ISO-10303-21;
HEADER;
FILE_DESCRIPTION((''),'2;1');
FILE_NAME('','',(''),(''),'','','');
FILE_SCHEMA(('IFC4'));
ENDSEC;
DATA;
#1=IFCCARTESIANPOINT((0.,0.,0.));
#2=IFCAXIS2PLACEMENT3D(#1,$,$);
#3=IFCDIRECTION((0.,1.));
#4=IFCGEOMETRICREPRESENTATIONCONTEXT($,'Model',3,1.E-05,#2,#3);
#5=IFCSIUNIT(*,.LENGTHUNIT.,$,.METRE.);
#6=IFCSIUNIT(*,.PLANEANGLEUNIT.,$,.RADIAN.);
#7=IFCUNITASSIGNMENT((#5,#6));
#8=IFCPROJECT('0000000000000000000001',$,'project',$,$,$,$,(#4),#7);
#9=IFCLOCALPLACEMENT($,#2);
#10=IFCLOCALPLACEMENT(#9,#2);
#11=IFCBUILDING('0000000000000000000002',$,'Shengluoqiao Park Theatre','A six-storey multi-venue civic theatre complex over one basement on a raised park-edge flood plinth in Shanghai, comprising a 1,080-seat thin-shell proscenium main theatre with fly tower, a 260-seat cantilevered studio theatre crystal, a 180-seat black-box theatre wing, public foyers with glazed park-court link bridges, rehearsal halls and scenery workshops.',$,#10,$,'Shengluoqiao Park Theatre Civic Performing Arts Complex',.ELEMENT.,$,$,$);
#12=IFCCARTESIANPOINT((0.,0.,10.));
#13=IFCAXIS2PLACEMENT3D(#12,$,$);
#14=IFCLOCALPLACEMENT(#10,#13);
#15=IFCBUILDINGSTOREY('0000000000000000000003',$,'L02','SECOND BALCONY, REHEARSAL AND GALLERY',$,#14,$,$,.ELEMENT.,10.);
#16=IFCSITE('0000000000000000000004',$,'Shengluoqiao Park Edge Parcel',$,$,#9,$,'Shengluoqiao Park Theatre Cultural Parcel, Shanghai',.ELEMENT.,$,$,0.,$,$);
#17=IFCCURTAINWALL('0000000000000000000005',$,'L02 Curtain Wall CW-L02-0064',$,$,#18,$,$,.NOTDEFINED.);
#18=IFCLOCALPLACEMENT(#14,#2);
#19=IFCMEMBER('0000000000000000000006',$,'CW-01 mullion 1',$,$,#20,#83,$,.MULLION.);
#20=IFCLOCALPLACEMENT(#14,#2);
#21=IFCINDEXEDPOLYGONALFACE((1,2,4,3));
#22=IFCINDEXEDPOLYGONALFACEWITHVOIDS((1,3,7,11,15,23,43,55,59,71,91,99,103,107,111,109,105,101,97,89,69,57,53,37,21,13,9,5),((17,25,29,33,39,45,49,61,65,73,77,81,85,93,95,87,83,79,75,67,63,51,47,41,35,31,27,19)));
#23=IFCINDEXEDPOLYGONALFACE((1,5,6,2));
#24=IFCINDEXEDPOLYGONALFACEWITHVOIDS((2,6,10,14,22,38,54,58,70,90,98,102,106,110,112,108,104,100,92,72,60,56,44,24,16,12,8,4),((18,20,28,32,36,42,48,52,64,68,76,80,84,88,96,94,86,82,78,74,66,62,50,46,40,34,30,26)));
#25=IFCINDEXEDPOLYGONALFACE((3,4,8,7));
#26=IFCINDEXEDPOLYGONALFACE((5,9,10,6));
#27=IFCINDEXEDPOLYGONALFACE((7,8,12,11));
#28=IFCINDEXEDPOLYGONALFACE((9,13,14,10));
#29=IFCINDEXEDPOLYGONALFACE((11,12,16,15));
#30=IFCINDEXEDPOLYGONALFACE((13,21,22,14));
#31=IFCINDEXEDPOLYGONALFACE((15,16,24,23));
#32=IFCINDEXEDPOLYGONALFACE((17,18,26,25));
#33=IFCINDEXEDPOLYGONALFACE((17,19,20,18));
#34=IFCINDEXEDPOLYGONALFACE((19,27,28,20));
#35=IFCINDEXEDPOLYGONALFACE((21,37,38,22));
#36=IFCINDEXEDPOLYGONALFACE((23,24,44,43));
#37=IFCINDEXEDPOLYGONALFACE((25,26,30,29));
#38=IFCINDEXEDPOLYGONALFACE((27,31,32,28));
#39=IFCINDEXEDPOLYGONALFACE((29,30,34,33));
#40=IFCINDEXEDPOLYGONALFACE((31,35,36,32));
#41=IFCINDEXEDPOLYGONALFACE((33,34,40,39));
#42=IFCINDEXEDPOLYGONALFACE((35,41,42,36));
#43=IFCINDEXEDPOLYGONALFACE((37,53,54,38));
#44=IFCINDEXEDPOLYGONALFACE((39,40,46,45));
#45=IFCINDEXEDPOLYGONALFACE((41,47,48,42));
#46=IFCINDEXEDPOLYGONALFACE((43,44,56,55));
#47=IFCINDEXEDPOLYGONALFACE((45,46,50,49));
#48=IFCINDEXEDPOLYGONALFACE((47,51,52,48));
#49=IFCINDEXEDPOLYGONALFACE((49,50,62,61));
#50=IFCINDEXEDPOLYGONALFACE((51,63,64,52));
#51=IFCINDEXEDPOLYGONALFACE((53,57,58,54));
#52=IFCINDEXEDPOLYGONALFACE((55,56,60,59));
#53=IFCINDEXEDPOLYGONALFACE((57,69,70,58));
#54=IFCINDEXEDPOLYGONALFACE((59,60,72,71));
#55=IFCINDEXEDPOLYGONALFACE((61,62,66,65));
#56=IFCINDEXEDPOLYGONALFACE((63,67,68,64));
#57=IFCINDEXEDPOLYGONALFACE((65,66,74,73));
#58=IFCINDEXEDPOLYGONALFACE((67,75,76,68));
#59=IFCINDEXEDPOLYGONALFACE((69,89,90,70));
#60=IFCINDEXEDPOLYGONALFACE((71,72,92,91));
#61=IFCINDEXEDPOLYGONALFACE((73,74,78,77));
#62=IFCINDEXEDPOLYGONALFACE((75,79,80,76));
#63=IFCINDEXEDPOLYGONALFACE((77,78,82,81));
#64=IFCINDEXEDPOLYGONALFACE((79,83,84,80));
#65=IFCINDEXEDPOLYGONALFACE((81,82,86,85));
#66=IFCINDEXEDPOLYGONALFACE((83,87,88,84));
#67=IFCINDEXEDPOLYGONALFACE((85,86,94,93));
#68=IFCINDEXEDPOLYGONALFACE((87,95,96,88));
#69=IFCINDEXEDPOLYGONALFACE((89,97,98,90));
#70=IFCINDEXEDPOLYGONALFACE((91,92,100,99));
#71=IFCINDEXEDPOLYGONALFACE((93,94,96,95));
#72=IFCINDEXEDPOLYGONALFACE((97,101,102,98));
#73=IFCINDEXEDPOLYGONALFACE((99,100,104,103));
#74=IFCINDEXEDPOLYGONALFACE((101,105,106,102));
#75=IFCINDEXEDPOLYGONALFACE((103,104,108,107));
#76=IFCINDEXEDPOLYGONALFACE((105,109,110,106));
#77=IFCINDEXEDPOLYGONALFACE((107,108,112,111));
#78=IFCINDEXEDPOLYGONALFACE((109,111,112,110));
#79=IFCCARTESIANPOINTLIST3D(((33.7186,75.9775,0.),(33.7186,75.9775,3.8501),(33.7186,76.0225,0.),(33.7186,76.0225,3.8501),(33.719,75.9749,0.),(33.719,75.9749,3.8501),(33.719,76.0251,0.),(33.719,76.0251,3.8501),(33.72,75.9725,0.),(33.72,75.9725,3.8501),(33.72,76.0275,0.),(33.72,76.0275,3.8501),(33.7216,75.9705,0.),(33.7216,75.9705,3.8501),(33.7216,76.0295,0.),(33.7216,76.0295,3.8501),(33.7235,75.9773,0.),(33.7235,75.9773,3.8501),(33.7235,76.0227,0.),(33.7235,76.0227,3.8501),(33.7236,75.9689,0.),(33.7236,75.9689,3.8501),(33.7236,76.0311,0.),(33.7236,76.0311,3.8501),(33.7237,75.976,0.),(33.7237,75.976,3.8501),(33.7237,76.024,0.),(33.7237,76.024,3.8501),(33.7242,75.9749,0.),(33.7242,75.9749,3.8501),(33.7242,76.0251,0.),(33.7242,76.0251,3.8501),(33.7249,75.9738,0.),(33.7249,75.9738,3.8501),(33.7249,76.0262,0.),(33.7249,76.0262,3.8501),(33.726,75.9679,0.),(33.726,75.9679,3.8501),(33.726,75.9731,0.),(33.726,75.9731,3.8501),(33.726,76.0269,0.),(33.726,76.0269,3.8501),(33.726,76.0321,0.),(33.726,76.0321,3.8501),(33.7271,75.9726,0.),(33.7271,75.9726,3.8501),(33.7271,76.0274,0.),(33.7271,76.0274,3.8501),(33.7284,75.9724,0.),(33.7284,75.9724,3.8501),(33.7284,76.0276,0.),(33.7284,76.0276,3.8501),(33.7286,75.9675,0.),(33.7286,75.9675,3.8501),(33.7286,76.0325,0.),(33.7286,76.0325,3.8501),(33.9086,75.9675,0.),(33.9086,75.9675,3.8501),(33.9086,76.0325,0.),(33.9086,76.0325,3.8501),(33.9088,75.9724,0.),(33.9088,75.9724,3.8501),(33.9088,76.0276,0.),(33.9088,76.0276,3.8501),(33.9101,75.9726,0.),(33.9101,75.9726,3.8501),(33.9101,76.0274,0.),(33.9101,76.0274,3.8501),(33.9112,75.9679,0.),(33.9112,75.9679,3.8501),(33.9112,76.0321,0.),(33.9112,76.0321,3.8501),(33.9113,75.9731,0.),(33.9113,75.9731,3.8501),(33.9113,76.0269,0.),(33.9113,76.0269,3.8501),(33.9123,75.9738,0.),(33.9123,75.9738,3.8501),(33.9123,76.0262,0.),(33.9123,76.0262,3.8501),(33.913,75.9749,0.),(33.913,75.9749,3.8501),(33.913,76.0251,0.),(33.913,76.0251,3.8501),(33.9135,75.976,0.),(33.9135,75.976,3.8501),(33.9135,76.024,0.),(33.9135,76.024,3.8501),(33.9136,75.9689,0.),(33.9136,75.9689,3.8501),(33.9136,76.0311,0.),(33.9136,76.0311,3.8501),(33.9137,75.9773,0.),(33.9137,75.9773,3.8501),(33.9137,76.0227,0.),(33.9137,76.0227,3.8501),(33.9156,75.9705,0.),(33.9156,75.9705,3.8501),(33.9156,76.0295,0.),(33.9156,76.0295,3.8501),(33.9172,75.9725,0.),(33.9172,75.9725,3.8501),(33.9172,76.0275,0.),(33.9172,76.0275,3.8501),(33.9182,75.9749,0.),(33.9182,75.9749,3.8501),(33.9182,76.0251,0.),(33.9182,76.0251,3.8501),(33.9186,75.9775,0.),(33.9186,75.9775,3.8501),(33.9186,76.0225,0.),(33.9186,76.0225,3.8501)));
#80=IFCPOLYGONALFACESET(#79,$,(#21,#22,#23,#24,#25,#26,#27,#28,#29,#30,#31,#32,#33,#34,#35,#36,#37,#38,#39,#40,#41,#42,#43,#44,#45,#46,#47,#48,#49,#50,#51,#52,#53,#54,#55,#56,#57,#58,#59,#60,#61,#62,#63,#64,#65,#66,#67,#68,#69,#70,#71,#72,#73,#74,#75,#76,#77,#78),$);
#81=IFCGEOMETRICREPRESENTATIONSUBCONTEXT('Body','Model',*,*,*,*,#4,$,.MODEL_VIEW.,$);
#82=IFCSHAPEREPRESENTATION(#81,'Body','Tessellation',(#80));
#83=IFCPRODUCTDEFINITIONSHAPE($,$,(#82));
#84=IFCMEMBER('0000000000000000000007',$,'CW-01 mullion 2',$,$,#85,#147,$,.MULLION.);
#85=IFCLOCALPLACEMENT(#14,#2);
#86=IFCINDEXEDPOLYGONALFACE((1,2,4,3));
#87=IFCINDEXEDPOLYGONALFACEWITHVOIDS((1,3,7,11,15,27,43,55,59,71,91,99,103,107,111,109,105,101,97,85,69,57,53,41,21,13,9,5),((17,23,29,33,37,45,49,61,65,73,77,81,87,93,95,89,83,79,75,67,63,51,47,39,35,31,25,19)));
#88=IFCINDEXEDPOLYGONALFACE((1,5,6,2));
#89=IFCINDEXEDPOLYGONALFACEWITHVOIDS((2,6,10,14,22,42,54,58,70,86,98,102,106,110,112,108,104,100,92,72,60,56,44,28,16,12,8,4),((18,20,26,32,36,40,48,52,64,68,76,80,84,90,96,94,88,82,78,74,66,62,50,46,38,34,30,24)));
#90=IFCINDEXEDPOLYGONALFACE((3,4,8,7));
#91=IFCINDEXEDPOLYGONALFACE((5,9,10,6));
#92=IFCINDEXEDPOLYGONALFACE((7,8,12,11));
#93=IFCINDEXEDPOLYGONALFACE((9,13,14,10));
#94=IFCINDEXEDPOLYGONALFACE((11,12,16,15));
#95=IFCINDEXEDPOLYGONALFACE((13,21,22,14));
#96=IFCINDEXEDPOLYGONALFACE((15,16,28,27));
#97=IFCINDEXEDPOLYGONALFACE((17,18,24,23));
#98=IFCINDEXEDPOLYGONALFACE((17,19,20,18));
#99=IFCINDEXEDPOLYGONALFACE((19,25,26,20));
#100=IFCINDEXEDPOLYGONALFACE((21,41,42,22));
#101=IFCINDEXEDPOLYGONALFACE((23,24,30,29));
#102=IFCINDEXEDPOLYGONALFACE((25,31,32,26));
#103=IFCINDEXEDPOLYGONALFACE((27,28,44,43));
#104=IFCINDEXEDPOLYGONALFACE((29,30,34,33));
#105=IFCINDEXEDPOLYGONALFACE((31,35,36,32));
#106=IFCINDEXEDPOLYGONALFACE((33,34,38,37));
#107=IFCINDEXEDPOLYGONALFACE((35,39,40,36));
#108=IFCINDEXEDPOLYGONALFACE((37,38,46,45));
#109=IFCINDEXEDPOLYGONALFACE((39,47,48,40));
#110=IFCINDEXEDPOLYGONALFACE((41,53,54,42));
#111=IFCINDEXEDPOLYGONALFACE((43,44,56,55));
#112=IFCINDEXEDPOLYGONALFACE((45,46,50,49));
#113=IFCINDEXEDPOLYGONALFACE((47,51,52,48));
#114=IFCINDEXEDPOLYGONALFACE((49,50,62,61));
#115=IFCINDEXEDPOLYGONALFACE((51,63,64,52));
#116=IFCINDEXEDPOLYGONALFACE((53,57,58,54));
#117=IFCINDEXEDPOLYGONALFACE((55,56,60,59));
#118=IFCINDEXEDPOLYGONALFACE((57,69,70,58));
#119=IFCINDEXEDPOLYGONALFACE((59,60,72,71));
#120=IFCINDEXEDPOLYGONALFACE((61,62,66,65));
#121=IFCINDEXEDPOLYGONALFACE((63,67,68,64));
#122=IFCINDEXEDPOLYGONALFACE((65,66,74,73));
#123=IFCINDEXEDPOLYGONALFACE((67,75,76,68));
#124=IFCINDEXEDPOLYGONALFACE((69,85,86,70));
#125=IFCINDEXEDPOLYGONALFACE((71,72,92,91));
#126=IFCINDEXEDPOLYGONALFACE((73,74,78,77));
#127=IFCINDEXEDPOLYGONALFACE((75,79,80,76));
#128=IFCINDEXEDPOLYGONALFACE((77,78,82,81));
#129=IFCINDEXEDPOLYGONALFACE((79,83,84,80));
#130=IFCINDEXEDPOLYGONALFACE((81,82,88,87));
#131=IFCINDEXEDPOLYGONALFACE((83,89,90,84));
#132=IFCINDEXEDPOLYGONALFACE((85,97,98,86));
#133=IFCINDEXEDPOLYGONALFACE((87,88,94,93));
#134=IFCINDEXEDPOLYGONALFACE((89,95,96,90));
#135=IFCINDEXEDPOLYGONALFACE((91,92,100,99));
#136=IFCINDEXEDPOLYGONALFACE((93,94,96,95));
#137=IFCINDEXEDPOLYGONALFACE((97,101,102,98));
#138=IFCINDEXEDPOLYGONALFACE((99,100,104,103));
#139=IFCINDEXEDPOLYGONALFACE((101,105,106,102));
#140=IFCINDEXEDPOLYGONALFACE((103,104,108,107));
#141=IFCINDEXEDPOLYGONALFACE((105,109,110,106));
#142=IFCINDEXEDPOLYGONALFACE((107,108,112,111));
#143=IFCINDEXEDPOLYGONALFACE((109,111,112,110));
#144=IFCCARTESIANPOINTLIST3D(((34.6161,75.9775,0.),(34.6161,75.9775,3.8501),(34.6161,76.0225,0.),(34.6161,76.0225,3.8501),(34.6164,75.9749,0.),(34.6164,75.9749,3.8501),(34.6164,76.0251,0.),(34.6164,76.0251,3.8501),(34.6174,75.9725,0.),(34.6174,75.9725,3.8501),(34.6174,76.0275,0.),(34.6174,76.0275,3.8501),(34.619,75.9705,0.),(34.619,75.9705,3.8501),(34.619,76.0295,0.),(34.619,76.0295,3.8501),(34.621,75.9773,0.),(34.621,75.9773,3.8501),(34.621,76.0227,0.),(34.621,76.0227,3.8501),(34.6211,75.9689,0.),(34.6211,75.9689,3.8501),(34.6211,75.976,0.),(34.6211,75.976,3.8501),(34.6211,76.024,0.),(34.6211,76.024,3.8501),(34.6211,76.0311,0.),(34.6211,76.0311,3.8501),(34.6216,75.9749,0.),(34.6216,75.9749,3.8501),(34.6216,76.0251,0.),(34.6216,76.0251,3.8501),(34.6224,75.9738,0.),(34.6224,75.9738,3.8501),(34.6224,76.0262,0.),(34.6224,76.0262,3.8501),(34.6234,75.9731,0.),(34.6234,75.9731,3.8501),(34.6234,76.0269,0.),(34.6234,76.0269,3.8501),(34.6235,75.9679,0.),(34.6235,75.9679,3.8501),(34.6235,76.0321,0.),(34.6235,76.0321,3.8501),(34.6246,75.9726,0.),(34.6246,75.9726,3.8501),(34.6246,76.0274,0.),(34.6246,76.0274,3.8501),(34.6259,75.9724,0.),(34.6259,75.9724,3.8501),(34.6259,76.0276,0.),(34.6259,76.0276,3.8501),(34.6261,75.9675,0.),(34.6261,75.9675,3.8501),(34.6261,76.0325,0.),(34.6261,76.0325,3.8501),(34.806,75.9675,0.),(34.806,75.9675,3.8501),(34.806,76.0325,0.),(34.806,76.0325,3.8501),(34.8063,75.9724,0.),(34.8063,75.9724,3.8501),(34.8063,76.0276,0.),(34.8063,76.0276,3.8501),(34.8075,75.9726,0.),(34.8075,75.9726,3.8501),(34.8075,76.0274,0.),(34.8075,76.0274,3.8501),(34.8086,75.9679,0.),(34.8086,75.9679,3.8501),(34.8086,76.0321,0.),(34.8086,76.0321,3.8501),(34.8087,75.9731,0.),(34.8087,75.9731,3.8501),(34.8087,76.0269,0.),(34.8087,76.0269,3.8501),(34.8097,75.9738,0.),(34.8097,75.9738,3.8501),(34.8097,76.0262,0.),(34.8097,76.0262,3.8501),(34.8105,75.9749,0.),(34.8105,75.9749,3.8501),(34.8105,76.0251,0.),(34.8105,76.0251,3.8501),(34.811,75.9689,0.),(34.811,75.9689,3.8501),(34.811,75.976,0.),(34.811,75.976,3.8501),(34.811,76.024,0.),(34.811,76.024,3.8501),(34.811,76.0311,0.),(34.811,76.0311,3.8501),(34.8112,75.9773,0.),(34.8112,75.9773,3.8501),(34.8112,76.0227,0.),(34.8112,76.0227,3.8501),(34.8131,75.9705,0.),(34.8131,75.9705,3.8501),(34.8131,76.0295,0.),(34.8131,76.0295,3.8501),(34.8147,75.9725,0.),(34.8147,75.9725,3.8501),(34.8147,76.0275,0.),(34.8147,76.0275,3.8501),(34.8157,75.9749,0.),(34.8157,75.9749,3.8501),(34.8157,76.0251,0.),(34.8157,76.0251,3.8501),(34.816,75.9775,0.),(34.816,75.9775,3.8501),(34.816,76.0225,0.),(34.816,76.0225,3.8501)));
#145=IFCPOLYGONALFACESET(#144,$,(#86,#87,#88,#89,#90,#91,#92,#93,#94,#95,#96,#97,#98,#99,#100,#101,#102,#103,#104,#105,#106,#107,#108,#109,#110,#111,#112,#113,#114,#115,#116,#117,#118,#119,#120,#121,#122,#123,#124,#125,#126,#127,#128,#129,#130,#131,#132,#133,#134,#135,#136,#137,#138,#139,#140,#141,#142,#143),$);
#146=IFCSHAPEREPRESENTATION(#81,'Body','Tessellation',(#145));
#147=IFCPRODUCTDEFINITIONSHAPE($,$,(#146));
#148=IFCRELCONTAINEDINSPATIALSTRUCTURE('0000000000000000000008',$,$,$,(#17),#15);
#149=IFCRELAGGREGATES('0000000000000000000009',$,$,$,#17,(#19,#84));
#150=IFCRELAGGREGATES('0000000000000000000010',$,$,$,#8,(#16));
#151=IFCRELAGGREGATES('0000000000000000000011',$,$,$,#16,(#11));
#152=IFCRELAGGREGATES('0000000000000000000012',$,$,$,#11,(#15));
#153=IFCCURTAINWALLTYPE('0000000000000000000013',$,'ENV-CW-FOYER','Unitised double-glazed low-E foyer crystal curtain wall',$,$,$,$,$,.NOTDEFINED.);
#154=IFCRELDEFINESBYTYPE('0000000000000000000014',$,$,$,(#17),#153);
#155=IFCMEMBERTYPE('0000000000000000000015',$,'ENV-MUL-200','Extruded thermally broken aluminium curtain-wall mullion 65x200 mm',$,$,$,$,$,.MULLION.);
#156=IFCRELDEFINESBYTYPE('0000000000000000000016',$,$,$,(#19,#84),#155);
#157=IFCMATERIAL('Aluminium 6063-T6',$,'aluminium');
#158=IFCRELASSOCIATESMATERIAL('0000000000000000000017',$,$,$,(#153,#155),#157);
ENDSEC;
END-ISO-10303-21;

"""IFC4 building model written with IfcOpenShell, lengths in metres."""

from ifc_helpers import new_model, si_unit, direction, frame, origin, origin_2d, place, context, subcontext, project, spatial, hollow_rectangle, extrude, material, material_profile, profile_set, type_object, element, aggregate, save


model = new_model("IFC4")

# Units and contexts
model_context = context("Model", 3, precision=1e-05, world=origin(), true_north=direction((0.0, 1.0)))
body_context = subcontext(model_context, "Body", "Model", "MODEL_VIEW")
ifc_project = project(units=[si_unit("LENGTHUNIT", "METRE"), si_unit("PLANEANGLEUNIT", "RADIAN")], contexts=[model_context])

# Site, building, storey
site_placement = place(None, origin())
site = spatial("IfcSite", under=ifc_project, at=site_placement, Name="Shengluoqiao Park Edge Parcel", LongName="Shengluoqiao Park Theatre Cultural Parcel, Shanghai", CompositionType="ELEMENT", RefElevation=0.0)
building_placement = place(site_placement, origin())
building = spatial("IfcBuilding", under=site, at=building_placement, Name="Shengluoqiao Park Theatre", Description="A six-storey multi-venue civic theatre complex over one basement on a raised park-edge flood plinth in Shanghai, comprising a 1,080-seat thin-shell proscenium main theatre with fly tower, a 260-seat cantilevered studio theatre crystal, a 180-seat black-box theatre wing, public foyers with glazed park-court link bridges, rehearsal halls and scenery workshops.", LongName="Shengluoqiao Park Theatre Civic Performing Arts Complex", CompositionType="ELEMENT")
storey_placement = place(building_placement, frame((0.0, 0.0, 10.0)))
storey = spatial("IfcBuildingStorey", under=building, at=storey_placement, Name="L02", Description="SECOND BALCONY, REHEARSAL AND GALLERY", CompositionType="ELEMENT", Elevation=10.0)

# Curtain wall, members
ifc_material_1 = material(Name="Aluminium 6063-T6", Category="aluminium")
curtain_wall_type = type_object("IfcCurtainWallType", Name="ENV-CW-FOYER", Description="Unitised double-glazed low-E foyer crystal curtain wall", PredefinedType="NOTDEFINED", material=ifc_material_1)
ifc_material_profile_1 = material_profile(ifc_material_1, hollow_rectangle(XDim=0.0649, YDim=0.2, WallThickness=0.0049, InnerFilletRadius=0.0049, OuterFilletRadius=0.01, at=origin_2d()), Name="ALU MULLION 200x65x5")
ifc_profile_set_1 = profile_set([ifc_material_profile_1], Name="Aluminium 6063-T6")
member_type_1 = type_object("IfcMemberType", Name="ENV-MUL-200", Description="Extruded thermally broken aluminium curtain-wall mullion 65x200 mm", PredefinedType="MULLION", material=ifc_profile_set_1)
curtain_wall_1_placement = place(storey_placement, origin())
curtain_wall_1 = element("IfcCurtainWall", 1, at=curtain_wall_1_placement, inside=storey, type_object=curtain_wall_type, Name="L02 Curtain Wall CW-L02-0064", PredefinedType="NOTDEFINED")
member_1_placement = place(storey_placement, frame((33.8186, 76.0, 0.0), z_axis=(0.0, 0.0, 1.0), x_axis=(0.0, 1.0, 0.0)))
member_1 = element("IfcMember", 2, at=member_1_placement, type_object=member_type_1, Name="CW-01 mullion 1", PredefinedType="MULLION", context=body_context, shape_type="SweptSolid", body=[
    extrude(hollow_rectangle(XDim=0.0649, YDim=0.2, WallThickness=0.0049, InnerFilletRadius=0.0049, OuterFilletRadius=0.01, at=origin_2d()), origin(), (0.0, 0.0, 1.0), 3.8501),
])
member_2_placement = place(storey_placement, frame((34.7161, 76.0, 0.0), z_axis=(0.0, 0.0, 1.0), x_axis=(0.0, 1.0, 0.0)))
member_2 = element("IfcMember", 3, at=member_2_placement, type_object=member_type_1, Name="CW-01 mullion 2", PredefinedType="MULLION", context=body_context, shape_type="SweptSolid", body=[
    extrude(hollow_rectangle(XDim=0.0649, YDim=0.2, WallThickness=0.0049, InnerFilletRadius=0.0049, OuterFilletRadius=0.01, at=origin_2d()), origin(), (0.0, 0.0, 1.0), 3.8501),
])

aggregate(curtain_wall_1, [member_1, member_2])

save(model, "model.ifc")
